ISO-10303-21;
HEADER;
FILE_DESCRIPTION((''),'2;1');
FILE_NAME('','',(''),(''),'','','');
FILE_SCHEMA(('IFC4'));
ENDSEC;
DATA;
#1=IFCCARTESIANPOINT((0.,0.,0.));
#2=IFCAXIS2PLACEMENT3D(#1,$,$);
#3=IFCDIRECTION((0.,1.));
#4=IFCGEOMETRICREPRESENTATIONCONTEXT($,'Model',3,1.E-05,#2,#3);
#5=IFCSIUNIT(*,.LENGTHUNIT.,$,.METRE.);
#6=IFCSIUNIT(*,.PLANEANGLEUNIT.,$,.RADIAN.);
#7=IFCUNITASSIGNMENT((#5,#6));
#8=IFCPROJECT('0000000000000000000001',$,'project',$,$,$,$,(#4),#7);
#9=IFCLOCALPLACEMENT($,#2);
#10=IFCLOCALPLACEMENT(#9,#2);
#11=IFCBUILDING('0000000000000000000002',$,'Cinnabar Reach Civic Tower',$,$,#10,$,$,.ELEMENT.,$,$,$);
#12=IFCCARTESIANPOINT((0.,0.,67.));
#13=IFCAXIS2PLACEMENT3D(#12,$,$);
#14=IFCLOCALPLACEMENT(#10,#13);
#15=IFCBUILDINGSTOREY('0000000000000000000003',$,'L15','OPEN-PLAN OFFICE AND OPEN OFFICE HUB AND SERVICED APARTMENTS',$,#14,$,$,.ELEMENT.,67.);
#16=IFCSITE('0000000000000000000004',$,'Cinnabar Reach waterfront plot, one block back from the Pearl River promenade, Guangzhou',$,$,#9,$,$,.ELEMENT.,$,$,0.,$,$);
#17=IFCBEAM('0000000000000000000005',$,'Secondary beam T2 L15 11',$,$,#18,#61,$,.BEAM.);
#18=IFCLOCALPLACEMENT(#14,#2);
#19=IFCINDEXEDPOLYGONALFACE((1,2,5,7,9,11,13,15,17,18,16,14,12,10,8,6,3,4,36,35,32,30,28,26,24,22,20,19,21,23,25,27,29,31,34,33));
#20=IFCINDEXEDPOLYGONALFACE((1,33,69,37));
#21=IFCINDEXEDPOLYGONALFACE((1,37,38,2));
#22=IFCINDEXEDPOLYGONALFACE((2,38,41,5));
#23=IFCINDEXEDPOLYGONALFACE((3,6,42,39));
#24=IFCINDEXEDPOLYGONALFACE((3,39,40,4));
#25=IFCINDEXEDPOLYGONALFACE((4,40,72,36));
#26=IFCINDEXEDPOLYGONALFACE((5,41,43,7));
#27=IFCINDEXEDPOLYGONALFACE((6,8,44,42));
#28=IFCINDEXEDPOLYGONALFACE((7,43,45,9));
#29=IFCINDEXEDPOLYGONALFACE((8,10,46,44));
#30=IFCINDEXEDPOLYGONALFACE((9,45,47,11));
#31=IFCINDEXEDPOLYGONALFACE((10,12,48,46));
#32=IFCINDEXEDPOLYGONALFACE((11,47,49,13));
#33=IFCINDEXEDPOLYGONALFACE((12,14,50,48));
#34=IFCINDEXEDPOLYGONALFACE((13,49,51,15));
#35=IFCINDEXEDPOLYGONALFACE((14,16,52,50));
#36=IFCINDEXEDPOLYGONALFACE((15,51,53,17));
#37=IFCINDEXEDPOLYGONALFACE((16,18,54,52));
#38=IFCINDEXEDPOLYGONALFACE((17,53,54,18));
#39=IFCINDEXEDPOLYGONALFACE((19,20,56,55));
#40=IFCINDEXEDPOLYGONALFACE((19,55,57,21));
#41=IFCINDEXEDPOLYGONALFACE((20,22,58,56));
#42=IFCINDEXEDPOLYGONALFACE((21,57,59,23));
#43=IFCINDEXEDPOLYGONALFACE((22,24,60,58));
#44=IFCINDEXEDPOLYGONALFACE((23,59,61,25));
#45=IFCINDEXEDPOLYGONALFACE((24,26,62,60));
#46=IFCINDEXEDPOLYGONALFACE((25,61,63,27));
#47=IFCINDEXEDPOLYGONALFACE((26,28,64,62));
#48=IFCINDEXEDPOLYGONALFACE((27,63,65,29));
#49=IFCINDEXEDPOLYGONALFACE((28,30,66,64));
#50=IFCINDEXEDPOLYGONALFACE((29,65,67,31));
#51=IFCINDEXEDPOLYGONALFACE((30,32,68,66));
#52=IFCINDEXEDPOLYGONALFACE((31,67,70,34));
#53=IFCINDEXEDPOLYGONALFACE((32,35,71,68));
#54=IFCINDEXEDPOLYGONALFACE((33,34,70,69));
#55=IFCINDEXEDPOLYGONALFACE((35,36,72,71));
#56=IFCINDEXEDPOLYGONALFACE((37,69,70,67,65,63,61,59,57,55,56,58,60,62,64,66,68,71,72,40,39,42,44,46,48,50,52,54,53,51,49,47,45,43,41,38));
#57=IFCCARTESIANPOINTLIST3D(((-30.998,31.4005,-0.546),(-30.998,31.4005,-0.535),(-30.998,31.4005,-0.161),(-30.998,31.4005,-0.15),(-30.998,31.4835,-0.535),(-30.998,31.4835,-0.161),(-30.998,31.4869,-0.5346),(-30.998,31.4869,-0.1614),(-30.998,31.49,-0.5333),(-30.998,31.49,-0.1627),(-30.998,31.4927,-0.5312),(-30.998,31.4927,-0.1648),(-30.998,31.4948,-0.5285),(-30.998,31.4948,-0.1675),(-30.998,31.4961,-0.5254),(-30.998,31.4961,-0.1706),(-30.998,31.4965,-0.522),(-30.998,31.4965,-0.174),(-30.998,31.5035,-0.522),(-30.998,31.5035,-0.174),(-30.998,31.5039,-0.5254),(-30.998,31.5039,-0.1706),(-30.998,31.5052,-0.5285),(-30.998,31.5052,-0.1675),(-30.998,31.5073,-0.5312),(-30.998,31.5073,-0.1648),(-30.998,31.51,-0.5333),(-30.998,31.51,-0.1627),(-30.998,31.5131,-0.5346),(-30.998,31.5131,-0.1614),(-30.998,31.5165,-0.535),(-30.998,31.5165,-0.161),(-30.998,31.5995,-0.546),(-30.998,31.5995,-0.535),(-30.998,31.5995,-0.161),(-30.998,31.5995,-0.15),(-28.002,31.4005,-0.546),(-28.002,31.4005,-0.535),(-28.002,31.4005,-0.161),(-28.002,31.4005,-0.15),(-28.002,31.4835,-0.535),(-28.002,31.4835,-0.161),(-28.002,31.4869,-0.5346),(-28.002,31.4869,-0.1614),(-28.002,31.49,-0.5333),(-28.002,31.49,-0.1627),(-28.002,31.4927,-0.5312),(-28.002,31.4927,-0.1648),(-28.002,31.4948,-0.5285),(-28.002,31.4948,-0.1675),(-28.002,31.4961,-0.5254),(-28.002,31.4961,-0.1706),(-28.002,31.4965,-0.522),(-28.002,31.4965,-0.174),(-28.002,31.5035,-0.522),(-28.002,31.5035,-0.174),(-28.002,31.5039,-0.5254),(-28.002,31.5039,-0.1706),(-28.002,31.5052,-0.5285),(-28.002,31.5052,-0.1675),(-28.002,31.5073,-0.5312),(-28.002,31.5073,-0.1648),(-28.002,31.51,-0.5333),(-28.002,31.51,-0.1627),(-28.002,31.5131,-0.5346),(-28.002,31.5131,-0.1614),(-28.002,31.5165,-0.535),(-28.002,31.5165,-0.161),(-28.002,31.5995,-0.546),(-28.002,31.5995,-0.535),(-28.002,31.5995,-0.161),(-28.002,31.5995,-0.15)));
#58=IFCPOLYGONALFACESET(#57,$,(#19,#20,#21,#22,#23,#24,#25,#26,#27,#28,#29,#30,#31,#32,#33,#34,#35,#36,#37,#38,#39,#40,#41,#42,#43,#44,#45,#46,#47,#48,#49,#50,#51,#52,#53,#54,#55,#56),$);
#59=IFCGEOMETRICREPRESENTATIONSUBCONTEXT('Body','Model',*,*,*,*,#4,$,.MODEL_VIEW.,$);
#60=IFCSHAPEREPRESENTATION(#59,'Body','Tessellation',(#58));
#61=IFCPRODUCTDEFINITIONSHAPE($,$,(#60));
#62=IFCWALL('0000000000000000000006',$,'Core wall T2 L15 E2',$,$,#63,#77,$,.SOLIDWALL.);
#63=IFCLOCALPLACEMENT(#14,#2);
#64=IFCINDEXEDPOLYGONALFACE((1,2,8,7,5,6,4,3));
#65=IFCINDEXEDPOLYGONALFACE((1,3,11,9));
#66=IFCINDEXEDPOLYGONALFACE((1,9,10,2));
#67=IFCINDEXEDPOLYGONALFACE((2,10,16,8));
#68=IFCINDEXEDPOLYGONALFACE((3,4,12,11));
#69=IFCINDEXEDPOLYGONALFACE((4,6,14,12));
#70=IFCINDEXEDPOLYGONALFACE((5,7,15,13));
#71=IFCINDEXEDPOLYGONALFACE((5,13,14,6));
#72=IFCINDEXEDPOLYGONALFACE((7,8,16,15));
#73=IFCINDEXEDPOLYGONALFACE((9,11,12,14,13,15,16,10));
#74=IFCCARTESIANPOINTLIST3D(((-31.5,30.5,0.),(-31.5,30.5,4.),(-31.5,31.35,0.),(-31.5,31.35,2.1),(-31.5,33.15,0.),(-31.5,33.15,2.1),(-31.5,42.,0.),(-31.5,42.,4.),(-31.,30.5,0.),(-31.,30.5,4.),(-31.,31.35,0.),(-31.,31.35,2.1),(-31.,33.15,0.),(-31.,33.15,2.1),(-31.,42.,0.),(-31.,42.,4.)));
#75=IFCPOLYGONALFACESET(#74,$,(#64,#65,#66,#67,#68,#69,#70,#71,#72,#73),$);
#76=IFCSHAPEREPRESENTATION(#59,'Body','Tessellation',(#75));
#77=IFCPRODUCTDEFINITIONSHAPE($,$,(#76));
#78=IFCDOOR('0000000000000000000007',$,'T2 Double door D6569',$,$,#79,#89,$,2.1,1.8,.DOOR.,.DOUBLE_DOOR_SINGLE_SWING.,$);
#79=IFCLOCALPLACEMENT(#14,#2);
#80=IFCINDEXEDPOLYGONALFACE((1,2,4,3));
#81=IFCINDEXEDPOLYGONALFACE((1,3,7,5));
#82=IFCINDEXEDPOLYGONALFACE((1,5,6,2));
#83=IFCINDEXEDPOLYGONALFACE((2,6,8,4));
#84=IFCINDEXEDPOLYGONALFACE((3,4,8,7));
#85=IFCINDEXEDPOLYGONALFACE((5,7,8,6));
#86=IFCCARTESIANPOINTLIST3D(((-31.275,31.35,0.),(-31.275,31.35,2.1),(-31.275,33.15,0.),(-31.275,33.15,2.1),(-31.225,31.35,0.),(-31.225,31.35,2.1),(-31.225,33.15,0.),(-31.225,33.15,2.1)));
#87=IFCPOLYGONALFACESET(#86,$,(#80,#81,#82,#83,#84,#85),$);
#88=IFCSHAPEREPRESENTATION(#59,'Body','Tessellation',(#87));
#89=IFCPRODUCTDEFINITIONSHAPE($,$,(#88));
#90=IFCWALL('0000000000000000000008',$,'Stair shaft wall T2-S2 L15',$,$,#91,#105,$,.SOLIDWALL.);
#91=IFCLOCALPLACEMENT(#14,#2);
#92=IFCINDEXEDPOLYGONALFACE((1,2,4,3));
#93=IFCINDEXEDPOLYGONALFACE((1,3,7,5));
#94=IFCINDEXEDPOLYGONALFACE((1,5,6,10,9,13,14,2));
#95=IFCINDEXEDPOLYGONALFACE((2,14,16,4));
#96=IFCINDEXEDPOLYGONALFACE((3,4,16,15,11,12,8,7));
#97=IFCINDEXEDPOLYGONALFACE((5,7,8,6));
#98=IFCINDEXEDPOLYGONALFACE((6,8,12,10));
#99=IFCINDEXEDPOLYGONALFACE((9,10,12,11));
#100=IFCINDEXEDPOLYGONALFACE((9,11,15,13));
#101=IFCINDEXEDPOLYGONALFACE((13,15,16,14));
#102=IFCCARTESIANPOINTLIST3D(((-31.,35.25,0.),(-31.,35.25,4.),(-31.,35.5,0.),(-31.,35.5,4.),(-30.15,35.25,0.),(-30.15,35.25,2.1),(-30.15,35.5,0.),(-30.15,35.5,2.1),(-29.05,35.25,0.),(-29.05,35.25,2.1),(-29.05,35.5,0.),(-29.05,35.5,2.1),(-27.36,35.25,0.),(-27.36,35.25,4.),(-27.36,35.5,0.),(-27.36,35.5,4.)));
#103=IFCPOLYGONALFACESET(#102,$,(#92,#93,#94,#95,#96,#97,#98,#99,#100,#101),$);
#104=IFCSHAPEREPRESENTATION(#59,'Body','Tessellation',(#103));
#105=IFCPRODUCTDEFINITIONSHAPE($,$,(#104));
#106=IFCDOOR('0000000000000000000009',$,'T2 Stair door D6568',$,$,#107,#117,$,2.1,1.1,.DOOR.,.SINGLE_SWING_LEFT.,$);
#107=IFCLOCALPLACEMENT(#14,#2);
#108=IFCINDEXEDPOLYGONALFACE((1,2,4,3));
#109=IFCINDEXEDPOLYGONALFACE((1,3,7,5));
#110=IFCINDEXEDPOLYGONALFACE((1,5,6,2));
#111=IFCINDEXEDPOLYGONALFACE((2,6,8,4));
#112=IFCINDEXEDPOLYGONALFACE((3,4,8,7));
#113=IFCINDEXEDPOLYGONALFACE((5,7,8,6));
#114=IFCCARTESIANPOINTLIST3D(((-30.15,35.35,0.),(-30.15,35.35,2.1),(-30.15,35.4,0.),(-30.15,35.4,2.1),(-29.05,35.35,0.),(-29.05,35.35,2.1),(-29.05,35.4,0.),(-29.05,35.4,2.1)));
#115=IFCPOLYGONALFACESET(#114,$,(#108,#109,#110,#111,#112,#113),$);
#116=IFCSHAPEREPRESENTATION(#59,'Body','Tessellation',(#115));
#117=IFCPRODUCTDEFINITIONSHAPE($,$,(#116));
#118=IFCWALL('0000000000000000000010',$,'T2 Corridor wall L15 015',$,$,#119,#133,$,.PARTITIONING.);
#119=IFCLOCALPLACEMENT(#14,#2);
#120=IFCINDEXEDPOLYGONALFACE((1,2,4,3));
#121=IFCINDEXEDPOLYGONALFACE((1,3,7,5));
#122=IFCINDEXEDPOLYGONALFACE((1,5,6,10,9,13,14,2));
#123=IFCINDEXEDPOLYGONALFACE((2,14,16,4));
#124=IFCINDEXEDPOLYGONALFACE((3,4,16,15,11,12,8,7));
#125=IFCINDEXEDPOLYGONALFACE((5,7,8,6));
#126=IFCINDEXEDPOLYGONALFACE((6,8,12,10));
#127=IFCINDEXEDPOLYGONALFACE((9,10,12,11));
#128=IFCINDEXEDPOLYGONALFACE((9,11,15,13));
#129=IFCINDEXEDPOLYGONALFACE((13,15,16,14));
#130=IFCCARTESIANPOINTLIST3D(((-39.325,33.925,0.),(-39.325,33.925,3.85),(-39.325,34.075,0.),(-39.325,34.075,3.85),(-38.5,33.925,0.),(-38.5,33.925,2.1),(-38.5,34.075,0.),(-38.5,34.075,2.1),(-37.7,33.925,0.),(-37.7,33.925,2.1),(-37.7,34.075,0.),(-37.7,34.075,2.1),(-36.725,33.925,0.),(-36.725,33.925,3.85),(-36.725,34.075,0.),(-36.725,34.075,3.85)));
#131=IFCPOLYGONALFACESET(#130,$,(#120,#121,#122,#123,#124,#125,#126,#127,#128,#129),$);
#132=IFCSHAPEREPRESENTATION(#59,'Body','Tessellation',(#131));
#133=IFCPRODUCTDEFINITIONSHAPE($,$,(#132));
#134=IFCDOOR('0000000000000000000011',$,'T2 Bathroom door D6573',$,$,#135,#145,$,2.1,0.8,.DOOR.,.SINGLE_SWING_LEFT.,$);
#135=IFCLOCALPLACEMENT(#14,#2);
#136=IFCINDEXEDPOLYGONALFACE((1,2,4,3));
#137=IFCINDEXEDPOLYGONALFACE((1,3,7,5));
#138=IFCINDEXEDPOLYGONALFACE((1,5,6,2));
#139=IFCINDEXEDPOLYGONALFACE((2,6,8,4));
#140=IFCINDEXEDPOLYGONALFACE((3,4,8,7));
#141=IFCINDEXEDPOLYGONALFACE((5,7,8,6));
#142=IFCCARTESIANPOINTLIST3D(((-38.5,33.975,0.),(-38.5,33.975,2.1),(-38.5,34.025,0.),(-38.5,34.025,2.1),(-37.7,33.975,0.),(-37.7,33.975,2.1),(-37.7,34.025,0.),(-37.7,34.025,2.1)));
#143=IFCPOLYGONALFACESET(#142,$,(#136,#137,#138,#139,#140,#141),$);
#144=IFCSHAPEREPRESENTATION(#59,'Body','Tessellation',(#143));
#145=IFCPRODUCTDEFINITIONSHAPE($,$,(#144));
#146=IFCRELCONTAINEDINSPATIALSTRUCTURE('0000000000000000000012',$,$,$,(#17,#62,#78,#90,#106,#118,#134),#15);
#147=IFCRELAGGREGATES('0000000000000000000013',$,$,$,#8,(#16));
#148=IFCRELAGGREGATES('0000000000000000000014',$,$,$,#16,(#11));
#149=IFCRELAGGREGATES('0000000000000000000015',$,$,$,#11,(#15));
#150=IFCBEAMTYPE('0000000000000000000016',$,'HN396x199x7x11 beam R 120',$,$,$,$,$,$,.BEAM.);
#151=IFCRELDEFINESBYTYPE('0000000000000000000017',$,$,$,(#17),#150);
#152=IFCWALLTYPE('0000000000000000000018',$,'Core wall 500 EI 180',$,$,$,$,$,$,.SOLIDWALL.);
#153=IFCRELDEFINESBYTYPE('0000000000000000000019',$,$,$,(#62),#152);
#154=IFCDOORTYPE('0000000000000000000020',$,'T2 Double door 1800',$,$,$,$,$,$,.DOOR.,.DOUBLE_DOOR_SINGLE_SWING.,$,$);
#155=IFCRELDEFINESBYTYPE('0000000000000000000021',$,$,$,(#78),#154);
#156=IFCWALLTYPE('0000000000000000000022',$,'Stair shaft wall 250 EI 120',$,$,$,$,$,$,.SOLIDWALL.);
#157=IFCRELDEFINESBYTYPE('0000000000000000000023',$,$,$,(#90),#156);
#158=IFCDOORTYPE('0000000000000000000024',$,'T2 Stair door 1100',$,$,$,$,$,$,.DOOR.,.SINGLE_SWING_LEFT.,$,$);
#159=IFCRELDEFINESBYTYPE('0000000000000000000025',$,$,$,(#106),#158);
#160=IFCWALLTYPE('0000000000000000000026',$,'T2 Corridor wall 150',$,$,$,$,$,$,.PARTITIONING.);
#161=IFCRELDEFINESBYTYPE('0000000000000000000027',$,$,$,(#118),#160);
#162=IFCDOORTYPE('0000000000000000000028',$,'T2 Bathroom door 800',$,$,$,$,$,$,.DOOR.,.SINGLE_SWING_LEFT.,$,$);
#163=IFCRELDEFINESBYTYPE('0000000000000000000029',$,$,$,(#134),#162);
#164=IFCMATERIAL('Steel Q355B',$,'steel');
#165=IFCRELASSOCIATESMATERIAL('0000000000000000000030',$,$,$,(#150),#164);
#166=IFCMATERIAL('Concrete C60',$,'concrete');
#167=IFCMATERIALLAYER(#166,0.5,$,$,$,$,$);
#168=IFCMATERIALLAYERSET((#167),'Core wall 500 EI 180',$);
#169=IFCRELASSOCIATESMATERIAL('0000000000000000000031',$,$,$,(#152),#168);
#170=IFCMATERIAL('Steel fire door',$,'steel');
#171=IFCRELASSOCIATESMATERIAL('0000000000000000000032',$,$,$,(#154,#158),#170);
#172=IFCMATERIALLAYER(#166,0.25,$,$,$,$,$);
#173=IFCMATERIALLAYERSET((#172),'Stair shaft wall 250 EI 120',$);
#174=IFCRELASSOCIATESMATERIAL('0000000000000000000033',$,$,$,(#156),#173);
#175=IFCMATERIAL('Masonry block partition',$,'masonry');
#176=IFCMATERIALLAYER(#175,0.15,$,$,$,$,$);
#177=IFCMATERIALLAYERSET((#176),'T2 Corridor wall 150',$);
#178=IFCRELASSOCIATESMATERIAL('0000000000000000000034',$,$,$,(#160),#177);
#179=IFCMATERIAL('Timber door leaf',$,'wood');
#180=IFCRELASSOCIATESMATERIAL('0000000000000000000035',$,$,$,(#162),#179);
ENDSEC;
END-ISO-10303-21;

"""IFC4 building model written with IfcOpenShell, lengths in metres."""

from ifc_helpers import new_model, si_unit, direction, frame, frame_2d, origin, origin_2d, place, context, subcontext, project, spatial, rectangle, i_section, extrude, material, layer, layer_set, material_profile, profile_set, type_object, element, fill, save


model = new_model("IFC4")

# Units and contexts
model_context = context("Model", 3, precision=1e-05, world=origin(), true_north=direction((0.0, 1.0)))
body_context = subcontext(model_context, "Body", "Model", "MODEL_VIEW")
ifc_project = project(units=[si_unit("LENGTHUNIT", "METRE"), si_unit("PLANEANGLEUNIT", "RADIAN")], contexts=[model_context])

# Site, building, storey
site_placement = place(None, origin())
site = spatial("IfcSite", under=ifc_project, at=site_placement, Name="Cinnabar Reach waterfront plot, one block back from the Pearl River promenade, Guangzhou", CompositionType="ELEMENT", RefElevation=0.0)
building_placement = place(site_placement, origin())
building = spatial("IfcBuilding", under=site, at=building_placement, Name="Cinnabar Reach Civic Tower", CompositionType="ELEMENT")
storey_placement = place(building_placement, frame((0.0, 0.0, 67.0)))
storey = spatial("IfcBuildingStorey", under=building, at=storey_placement, Name="L15", Description="OPEN-PLAN OFFICE AND OPEN OFFICE HUB AND SERVICED APARTMENTS", CompositionType="ELEMENT", Elevation=67.0)

# Beam
ifc_material_1 = material(Name="Steel Q355B", Category="steel")
ifc_material_profile = material_profile(ifc_material_1, i_section(OverallWidth=0.199, OverallDepth=0.396, WebThickness=0.007, FlangeThickness=0.011, FilletRadius=0.013, at=origin_2d()), Name="HN396x199x7x11")
ifc_profile_set = profile_set([ifc_material_profile], Name="Steel Q355B")
beam_type = type_object("IfcBeamType", Name="HN396x199x7x11 beam R 120", PredefinedType="BEAM", material=ifc_profile_set)
beam_placement = place(storey_placement, frame((-30.998, 31.5, -0.348), z_axis=(1.0, 0.0, 0.0), x_axis=(0.0, 1.0, 0.0)))
element("IfcBeam", 1, at=beam_placement, inside=storey, type_object=beam_type, Name="Secondary beam T2 L15 11", PredefinedType="BEAM", context=body_context, shape_type="SweptSolid", body=[
    extrude(i_section(OverallWidth=0.199, OverallDepth=0.396, WebThickness=0.007, FlangeThickness=0.011, FilletRadius=0.013, at=origin_2d()), origin(), (0.0, 0.0, 1.0), 2.996),
])

# Walls, openings, doors
ifc_material_2 = material(Name="Concrete C60", Category="concrete")
ifc_layer_1 = layer(ifc_material_2, 0.5)
ifc_layer_set_1 = layer_set([ifc_layer_1], Name="Core wall 500 EI 180")
wall_type_1 = type_object("IfcWallType", Name="Core wall 500 EI 180", PredefinedType="SOLIDWALL", material=ifc_layer_set_1)
wall_1_placement = place(storey_placement, frame((-31.25, 30.5, 0.0), z_axis=(0.0, 0.0, 1.0), x_axis=(0.0, 1.0, 0.0)))
wall_1 = element("IfcWall", 2, at=wall_1_placement, inside=storey, type_object=wall_type_1, Name="Core wall T2 L15 E2", PredefinedType="SOLIDWALL", context=body_context, shape_type="SweptSolid", body=[
    extrude(rectangle(XDim=11.5, YDim=0.5, at=frame_2d((5.75, 0.0))), origin(), (0.0, 0.0, 1.0), 4.0),
])
opening_1_placement = place(wall_1_placement, frame((0.85, 0.0, 0.0)))
opening_1 = element("IfcOpeningElement", 3, at=opening_1_placement, cuts=wall_1, PredefinedType="OPENING", context=body_context, shape_type="SweptSolid", body=[
    extrude(rectangle(XDim=1.8, YDim=2.1, at=frame_2d((0.9, 1.05))), frame((0.0, 0.26, 0.0), z_axis=(0.0, -1.0, 0.0), x_axis=(1.0, 0.0, 0.0)), (0.0, 0.0, 1.0), 0.52),
])
ifc_material_3 = material(Name="Steel fire door", Category="steel")
door_type_1 = type_object("IfcDoorType", Name="T2 Double door 1800", OperationType="DOUBLE_DOOR_SINGLE_SWING", PredefinedType="DOOR", material=ifc_material_3)
door_1_placement = place(opening_1_placement, origin())
door_1 = element("IfcDoor", 4, at=door_1_placement, inside=storey, type_object=door_type_1, Name="T2 Double door D6569", OperationType="DOUBLE_DOOR_SINGLE_SWING", OverallHeight=2.1, OverallWidth=1.8, PredefinedType="DOOR", context=body_context, shape_type="SweptSolid", body=[
    extrude(rectangle(XDim=1.8, YDim=2.1, at=frame_2d((0.9, 1.05))), frame((0.0, 0.025, 0.0), z_axis=(0.0, -1.0, 0.0), x_axis=(1.0, 0.0, 0.0)), (0.0, 0.0, 1.0), 0.05),
])
fill(opening_1, door_1)
ifc_layer_2 = layer(ifc_material_2, 0.25)
ifc_layer_set_2 = layer_set([ifc_layer_2], Name="Stair shaft wall 250 EI 120")
wall_type_2 = type_object("IfcWallType", Name="Stair shaft wall 250 EI 120", PredefinedType="SOLIDWALL", material=ifc_layer_set_2)
wall_2_placement = place(storey_placement, frame((-31.0, 35.375, 0.0), z_axis=(0.0, 0.0, 1.0), x_axis=(1.0, 0.0, 0.0)))
wall_2 = element("IfcWall", 5, at=wall_2_placement, inside=storey, type_object=wall_type_2, Name="Stair shaft wall T2-S2 L15", PredefinedType="SOLIDWALL", context=body_context, shape_type="SweptSolid", body=[
    extrude(rectangle(XDim=3.64, YDim=0.25, at=frame_2d((1.82, 0.0))), origin(), (0.0, 0.0, 1.0), 4.0),
])
opening_2_placement = place(wall_2_placement, frame((0.85, 0.0, 0.0)))
opening_2 = element("IfcOpeningElement", 6, at=opening_2_placement, cuts=wall_2, PredefinedType="OPENING", context=body_context, shape_type="SweptSolid", body=[
    extrude(rectangle(XDim=1.1, YDim=2.1, at=frame_2d((0.55, 1.05))), frame((0.0, 0.135, 0.0), z_axis=(0.0, -1.0, 0.0), x_axis=(1.0, 0.0, 0.0)), (0.0, 0.0, 1.0), 0.27),
])
door_type_2 = type_object("IfcDoorType", Name="T2 Stair door 1100", OperationType="SINGLE_SWING_LEFT", PredefinedType="DOOR", material=ifc_material_3)
door_2_placement = place(opening_2_placement, origin())
door_2 = element("IfcDoor", 7, at=door_2_placement, inside=storey, type_object=door_type_2, Name="T2 Stair door D6568", OperationType="SINGLE_SWING_LEFT", OverallHeight=2.1, OverallWidth=1.1, PredefinedType="DOOR", context=body_context, shape_type="SweptSolid", body=[
    extrude(rectangle(XDim=1.1, YDim=2.1, at=frame_2d((0.55, 1.05))), frame((0.0, 0.025, 0.0), z_axis=(0.0, -1.0, 0.0), x_axis=(1.0, 0.0, 0.0)), (0.0, 0.0, 1.0), 0.05),
])
fill(opening_2, door_2)
ifc_material_4 = material(Name="Masonry block partition", Category="masonry")
ifc_layer_3 = layer(ifc_material_4, 0.15)
ifc_layer_set_3 = layer_set([ifc_layer_3], Name="T2 Corridor wall 150")
wall_type_3 = type_object("IfcWallType", Name="T2 Corridor wall 150", PredefinedType="PARTITIONING", material=ifc_layer_set_3)
wall_3_placement = place(storey_placement, frame((-36.725, 34.0, 0.0), z_axis=(0.0, 0.0, 1.0), x_axis=(-1.0, 0.0, 0.0)))
wall_3 = element("IfcWall", 8, at=wall_3_placement, inside=storey, type_object=wall_type_3, Name="T2 Corridor wall L15 015", PredefinedType="PARTITIONING", context=body_context, shape_type="SweptSolid", body=[
    extrude(rectangle(XDim=2.6, YDim=0.15, at=frame_2d((1.3, 0.0))), origin(), (0.0, 0.0, 1.0), 3.85),
])
opening_3_placement = place(wall_3_placement, frame((0.975, 0.0, 0.0)))
opening_3 = element("IfcOpeningElement", 9, at=opening_3_placement, cuts=wall_3, PredefinedType="OPENING", context=body_context, shape_type="SweptSolid", body=[
    extrude(rectangle(XDim=0.8, YDim=2.1, at=frame_2d((0.4, 1.05))), frame((0.0, 0.085, 0.0), z_axis=(0.0, -1.0, 0.0), x_axis=(1.0, 0.0, 0.0)), (0.0, 0.0, 1.0), 0.17),
])
ifc_material_5 = material(Name="Timber door leaf", Category="wood")
door_type_3 = type_object("IfcDoorType", Name="T2 Bathroom door 800", OperationType="SINGLE_SWING_LEFT", PredefinedType="DOOR", material=ifc_material_5)
door_3_placement = place(opening_3_placement, frame((0.8, 0.0, 0.0), z_axis=(0.0, 0.0, 1.0), x_axis=(-1.0, 0.0, 0.0)))
door_3 = element("IfcDoor", 10, at=door_3_placement, inside=storey, type_object=door_type_3, Name="T2 Bathroom door D6573", OperationType="SINGLE_SWING_LEFT", OverallHeight=2.1, OverallWidth=0.8, PredefinedType="DOOR", context=body_context, shape_type="SweptSolid", body=[
    extrude(rectangle(XDim=0.8, YDim=2.1, at=frame_2d((0.4, 1.05))), frame((0.0, 0.025, 0.0), z_axis=(0.0, -1.0, 0.0), x_axis=(1.0, 0.0, 0.0)), (0.0, 0.0, 1.0), 0.05),
])
fill(opening_3, door_3)

save(model, "model.ifc")
